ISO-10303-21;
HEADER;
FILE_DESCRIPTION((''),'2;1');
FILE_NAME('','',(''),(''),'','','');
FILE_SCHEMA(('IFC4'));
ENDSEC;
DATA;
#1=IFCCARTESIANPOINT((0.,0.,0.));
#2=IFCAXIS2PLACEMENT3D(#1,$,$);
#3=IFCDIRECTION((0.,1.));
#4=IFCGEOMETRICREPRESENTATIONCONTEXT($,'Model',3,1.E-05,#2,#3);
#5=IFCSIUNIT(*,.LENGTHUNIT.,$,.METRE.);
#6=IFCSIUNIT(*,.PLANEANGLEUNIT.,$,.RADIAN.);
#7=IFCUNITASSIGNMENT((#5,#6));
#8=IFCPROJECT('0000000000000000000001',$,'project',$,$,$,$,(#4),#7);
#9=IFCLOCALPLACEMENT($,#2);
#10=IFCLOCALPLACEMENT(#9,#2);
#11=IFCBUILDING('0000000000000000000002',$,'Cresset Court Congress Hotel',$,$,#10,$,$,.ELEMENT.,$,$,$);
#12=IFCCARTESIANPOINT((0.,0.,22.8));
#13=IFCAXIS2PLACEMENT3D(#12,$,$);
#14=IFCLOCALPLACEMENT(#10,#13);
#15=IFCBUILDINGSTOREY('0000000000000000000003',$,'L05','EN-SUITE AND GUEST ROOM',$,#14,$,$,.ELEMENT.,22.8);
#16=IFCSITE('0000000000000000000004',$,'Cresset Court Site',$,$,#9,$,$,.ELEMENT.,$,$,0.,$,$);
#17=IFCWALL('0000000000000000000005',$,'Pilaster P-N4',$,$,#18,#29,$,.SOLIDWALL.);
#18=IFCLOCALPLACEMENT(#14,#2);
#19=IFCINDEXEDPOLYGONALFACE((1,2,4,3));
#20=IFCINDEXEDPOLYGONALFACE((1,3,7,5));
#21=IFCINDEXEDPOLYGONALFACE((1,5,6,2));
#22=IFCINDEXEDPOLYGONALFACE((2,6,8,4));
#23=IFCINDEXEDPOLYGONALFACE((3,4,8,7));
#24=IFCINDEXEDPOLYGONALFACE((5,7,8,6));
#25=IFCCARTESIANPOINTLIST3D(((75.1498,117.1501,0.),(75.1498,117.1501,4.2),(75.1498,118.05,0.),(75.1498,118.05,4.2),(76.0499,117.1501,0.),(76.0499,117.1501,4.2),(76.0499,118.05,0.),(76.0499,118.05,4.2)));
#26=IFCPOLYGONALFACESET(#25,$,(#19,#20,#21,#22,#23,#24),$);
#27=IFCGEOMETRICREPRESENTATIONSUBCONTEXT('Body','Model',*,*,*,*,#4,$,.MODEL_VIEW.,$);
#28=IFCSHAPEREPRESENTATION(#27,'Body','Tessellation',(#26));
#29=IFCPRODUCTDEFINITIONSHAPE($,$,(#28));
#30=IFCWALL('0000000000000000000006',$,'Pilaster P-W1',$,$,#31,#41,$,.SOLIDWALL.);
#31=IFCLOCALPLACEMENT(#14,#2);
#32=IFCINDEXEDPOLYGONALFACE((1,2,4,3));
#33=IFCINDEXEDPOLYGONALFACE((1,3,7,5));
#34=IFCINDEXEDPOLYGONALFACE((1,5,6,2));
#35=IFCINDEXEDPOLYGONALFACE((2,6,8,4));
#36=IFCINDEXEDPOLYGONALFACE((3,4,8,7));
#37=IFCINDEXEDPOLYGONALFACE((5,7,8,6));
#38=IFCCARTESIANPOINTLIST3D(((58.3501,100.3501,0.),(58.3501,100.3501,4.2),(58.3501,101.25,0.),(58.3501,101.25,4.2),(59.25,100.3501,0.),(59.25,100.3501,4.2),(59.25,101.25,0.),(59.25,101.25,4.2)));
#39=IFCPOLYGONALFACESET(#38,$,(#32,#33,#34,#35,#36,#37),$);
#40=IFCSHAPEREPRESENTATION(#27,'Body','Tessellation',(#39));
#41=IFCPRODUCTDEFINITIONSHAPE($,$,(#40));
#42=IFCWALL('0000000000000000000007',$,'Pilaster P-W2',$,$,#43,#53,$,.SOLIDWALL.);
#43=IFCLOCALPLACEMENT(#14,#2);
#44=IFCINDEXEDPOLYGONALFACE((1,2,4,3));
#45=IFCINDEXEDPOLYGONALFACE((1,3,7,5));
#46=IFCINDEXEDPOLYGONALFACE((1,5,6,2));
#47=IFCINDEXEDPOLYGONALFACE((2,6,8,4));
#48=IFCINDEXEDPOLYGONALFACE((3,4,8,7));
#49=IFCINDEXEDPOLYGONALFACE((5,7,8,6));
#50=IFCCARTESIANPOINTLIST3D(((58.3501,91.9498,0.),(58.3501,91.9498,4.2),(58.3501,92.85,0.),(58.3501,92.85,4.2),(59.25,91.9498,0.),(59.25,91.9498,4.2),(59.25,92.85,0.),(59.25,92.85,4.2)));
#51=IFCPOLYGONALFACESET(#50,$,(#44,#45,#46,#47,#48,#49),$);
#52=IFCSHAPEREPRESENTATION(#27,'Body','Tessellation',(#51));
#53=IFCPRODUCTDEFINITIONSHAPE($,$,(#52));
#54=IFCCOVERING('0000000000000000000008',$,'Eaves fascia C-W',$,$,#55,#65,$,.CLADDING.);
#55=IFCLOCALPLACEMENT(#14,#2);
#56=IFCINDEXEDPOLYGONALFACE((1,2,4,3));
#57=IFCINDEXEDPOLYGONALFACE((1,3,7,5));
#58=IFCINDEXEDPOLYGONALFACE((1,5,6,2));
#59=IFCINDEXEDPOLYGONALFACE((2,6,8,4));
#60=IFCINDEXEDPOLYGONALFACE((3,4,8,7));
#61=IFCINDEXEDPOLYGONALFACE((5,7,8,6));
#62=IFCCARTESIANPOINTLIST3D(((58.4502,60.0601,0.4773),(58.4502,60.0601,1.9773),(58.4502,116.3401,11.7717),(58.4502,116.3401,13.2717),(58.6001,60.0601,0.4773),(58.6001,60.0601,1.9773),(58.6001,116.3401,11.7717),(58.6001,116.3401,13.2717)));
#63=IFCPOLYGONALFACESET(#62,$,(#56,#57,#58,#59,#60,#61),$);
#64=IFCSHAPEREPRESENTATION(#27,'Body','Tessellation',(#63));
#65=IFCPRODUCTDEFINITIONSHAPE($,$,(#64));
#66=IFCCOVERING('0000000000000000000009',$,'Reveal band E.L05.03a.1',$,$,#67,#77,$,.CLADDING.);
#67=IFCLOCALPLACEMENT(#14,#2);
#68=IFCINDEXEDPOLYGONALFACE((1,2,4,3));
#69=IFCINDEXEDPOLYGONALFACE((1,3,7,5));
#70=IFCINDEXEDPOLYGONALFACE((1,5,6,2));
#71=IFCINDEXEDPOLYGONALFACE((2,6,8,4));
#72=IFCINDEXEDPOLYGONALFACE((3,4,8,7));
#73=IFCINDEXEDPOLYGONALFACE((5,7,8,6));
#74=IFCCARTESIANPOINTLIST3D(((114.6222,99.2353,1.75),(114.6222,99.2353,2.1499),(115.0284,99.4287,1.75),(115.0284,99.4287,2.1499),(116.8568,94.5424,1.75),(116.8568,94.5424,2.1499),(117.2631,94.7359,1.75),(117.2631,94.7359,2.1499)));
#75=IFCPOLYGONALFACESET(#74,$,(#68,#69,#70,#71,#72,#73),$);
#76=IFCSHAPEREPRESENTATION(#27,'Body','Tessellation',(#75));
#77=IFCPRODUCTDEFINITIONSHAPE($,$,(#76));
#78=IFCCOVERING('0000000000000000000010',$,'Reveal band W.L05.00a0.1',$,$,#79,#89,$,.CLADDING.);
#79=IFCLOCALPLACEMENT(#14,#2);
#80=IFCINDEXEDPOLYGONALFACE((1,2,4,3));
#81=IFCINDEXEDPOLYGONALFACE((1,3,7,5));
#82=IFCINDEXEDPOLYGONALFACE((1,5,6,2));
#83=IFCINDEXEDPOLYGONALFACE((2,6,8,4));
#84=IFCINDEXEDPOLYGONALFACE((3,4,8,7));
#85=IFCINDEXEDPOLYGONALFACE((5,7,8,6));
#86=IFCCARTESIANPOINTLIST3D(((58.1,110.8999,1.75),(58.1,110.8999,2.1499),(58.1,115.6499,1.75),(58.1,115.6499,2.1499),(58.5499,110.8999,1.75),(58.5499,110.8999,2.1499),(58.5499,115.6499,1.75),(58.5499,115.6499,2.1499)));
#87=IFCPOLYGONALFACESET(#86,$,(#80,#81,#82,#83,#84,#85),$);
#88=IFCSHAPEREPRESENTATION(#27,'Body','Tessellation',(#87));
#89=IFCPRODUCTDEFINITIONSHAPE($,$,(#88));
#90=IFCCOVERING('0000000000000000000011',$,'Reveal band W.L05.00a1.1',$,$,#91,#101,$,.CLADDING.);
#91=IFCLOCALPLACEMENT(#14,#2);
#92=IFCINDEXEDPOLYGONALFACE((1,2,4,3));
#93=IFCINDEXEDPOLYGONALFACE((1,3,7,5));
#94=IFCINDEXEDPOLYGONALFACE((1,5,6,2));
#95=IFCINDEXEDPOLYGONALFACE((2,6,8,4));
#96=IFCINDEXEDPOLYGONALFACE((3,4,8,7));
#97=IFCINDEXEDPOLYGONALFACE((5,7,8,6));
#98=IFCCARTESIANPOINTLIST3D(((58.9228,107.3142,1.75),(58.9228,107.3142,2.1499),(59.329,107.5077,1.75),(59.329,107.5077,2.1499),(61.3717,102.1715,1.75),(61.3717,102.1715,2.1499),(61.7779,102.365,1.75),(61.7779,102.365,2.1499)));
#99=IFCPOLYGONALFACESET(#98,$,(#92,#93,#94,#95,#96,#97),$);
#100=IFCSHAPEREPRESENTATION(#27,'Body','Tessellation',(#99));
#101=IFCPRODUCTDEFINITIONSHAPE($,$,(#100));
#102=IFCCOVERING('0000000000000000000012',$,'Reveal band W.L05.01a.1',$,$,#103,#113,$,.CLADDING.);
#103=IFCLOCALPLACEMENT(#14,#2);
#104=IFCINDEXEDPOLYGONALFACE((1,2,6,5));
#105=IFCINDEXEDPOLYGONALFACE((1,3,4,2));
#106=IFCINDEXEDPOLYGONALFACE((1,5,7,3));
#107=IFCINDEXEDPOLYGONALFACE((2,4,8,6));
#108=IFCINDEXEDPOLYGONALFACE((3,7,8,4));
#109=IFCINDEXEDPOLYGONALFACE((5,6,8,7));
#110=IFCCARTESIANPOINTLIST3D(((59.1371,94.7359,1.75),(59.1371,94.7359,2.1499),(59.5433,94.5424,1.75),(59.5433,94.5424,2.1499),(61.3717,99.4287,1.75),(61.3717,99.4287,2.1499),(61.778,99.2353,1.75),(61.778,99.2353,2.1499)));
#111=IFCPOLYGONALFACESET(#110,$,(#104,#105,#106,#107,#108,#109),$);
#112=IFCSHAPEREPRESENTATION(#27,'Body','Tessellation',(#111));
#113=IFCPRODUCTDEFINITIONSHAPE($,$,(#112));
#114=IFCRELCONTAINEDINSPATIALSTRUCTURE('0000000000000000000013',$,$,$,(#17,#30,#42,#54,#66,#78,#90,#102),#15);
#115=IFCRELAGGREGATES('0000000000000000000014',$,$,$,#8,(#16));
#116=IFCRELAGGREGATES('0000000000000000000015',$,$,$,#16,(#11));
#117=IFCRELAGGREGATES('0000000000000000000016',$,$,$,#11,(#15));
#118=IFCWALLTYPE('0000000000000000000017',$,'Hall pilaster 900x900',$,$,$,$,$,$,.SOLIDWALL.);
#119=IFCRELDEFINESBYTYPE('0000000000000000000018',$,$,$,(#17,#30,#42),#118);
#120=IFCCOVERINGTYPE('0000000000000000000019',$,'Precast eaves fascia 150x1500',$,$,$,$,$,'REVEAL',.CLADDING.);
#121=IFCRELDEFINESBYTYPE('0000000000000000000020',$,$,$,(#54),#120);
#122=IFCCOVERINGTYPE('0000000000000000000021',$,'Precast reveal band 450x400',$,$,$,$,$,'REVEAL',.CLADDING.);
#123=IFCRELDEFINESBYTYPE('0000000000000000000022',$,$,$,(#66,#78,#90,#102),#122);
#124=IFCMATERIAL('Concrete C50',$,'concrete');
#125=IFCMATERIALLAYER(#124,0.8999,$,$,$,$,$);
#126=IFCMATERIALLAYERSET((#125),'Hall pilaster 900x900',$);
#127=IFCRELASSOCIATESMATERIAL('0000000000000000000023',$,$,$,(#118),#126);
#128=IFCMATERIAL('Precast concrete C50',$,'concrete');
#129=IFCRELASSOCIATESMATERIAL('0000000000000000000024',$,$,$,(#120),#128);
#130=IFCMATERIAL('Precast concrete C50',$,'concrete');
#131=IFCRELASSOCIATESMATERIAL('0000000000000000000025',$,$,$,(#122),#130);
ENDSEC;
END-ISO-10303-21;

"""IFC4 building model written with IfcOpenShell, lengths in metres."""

from ifc_helpers import new_model, si_unit, direction, frame, frame_2d, origin, origin_2d, place, context, subcontext, project, spatial, polyline, rectangle, outline, extrude, material, layer, layer_set, type_object, element, save


model = new_model("IFC4")

# Units and contexts
model_context = context("Model", 3, precision=1e-05, world=origin(), true_north=direction((0.0, 1.0)))
body_context = subcontext(model_context, "Body", "Model", "MODEL_VIEW")
ifc_project = project(units=[si_unit("LENGTHUNIT", "METRE"), si_unit("PLANEANGLEUNIT", "RADIAN")], contexts=[model_context])

# Site, building, storey
site_placement = place(None, origin())
site = spatial("IfcSite", under=ifc_project, at=site_placement, Name="Cresset Court Site", CompositionType="ELEMENT", RefElevation=0.0)
building_placement = place(site_placement, origin())
building = spatial("IfcBuilding", under=site, at=building_placement, Name="Cresset Court Congress Hotel", CompositionType="ELEMENT")
storey_placement = place(building_placement, frame((0.0, 0.0, 22.8)))
storey = spatial("IfcBuildingStorey", under=building, at=storey_placement, Name="L05", Description="EN-SUITE AND GUEST ROOM", CompositionType="ELEMENT", Elevation=22.8)

# Walls
ifc_material_1 = material(Name="Concrete C50", Category="concrete")
ifc_layer_1 = layer(ifc_material_1, 0.8999)
ifc_layer_set_1 = layer_set([ifc_layer_1], Name="Hall pilaster 900x900")
wall_type_1 = type_object("IfcWallType", Name="Hall pilaster 900x900", PredefinedType="SOLIDWALL", material=ifc_layer_set_1)
wall_1_placement = place(storey_placement, frame((76.05, 117.6001, 0.0), z_axis=(0.0, 0.0, 1.0), x_axis=(-1.0, 0.0, 0.0)))
element("IfcWall", 1, at=wall_1_placement, inside=storey, type_object=wall_type_1, Name="Pilaster P-N4", PredefinedType="SOLIDWALL", context=body_context, shape_type="SweptSolid", body=[
    extrude(rectangle(XDim=0.9001, YDim=0.8999, at=frame_2d((0.4502, 0.0))), origin(), (0.0, 0.0, 1.0), 4.2),
])
wall_2_placement = place(storey_placement, frame((58.8, 101.25, 0.0), z_axis=(0.0, 0.0, 1.0), x_axis=(0.0, -1.0, 0.0)))
element("IfcWall", 2, at=wall_2_placement, inside=storey, type_object=wall_type_1, Name="Pilaster P-W1", PredefinedType="SOLIDWALL", context=body_context, shape_type="SweptSolid", body=[
    extrude(rectangle(XDim=0.8999, YDim=0.8999, at=frame_2d((0.45, 0.0))), origin(), (0.0, 0.0, 1.0), 4.2),
])
wall_3_placement = place(storey_placement, frame((58.8, 92.8501, 0.0), z_axis=(0.0, 0.0, 1.0), x_axis=(0.0, -1.0, 0.0)))
element("IfcWall", 3, at=wall_3_placement, inside=storey, type_object=wall_type_1, Name="Pilaster P-W2", PredefinedType="SOLIDWALL", context=body_context, shape_type="SweptSolid", body=[
    extrude(rectangle(XDim=0.9001, YDim=0.8999, at=frame_2d((0.4502, 0.0))), origin(), (0.0, 0.0, 1.0), 4.2),
])

# Coverings
ifc_material_2 = material(Name="Precast concrete C50", Category="concrete")
covering_type_1 = type_object("IfcCoveringType", Name="Precast eaves fascia 150x1500", ElementType="REVEAL", PredefinedType="CLADDING", material=ifc_material_2)
covering_1_placement = place(storey_placement, frame((58.6001, 116.3401, 13.2717), z_axis=(1.0, 0.0, 0.0), x_axis=(0.0, -0.980452, -0.19676)))
element("IfcCovering", 4, at=covering_1_placement, inside=storey, type_object=covering_type_1, Name="Eaves fascia C-W", PredefinedType="CLADDING", context=body_context, shape_type="SweptSolid", body=[
    extrude(outline(polyline([(0.0, 0.0), (57.4021, 0.0), (57.6973, 1.4707), (0.2951, 1.4707), (0.0, 0.0)])), origin(), (0.0, 0.0, -1.0), 0.1499),
])
ifc_material_3 = material(Name="Precast concrete C50", Category="concrete")
covering_type_2 = type_object("IfcCoveringType", Name="Precast reveal band 450x400", ElementType="REVEAL", PredefinedType="CLADDING", material=ifc_material_3)
covering_2_placement = place(storey_placement, frame((115.9426, 96.9856, 1.75), z_axis=(0.0, 0.0, 1.0), x_axis=(0.429933, -0.902861, 0.0)))
element("IfcCovering", 5, at=covering_2_placement, inside=storey, type_object=covering_type_2, Name="Reveal band E.L05.03a.1", PredefinedType="CLADDING", context=body_context, shape_type="SweptSolid", body=[
    extrude(rectangle(XDim=5.1978, YDim=0.45, at=origin_2d()), origin(), (0.0, 0.0, 1.0), 0.3999),
])
covering_3_placement = place(storey_placement, frame((58.325, 113.2749, 1.75), z_axis=(0.0, 0.0, 1.0), x_axis=(0.0, 1.0, 0.0)))
element("IfcCovering", 6, at=covering_3_placement, inside=storey, type_object=covering_type_2, Name="Reveal band W.L05.00a0.1", PredefinedType="CLADDING", context=body_context, shape_type="SweptSolid", body=[
    extrude(rectangle(XDim=4.75, YDim=0.45, at=origin_2d()), origin(), (0.0, 0.0, 1.0), 0.3999),
])
covering_4_placement = place(storey_placement, frame((60.3503, 104.8396, 1.75), z_axis=(0.0, 0.0, 1.0), x_axis=(-0.429933, 0.902861, 0.0)))
element("IfcCovering", 7, at=covering_4_placement, inside=storey, type_object=covering_type_2, Name="Reveal band W.L05.00a1.1", PredefinedType="CLADDING", context=body_context, shape_type="SweptSolid", body=[
    extrude(rectangle(XDim=5.696, YDim=0.45, at=origin_2d()), origin(), (0.0, 0.0, 1.0), 0.3999),
])
covering_5_placement = place(storey_placement, frame((60.4575, 96.9856, 1.75), z_axis=(0.0, 0.0, 1.0), x_axis=(0.429933, 0.902861, 0.0)))
element("IfcCovering", 8, at=covering_5_placement, inside=storey, type_object=covering_type_2, Name="Reveal band W.L05.01a.1", PredefinedType="CLADDING", context=body_context, shape_type="SweptSolid", body=[
    extrude(rectangle(XDim=5.1978, YDim=0.45, at=origin_2d()), origin(), (0.0, 0.0, 1.0), 0.3999),
])

save(model, "model.ifc")
